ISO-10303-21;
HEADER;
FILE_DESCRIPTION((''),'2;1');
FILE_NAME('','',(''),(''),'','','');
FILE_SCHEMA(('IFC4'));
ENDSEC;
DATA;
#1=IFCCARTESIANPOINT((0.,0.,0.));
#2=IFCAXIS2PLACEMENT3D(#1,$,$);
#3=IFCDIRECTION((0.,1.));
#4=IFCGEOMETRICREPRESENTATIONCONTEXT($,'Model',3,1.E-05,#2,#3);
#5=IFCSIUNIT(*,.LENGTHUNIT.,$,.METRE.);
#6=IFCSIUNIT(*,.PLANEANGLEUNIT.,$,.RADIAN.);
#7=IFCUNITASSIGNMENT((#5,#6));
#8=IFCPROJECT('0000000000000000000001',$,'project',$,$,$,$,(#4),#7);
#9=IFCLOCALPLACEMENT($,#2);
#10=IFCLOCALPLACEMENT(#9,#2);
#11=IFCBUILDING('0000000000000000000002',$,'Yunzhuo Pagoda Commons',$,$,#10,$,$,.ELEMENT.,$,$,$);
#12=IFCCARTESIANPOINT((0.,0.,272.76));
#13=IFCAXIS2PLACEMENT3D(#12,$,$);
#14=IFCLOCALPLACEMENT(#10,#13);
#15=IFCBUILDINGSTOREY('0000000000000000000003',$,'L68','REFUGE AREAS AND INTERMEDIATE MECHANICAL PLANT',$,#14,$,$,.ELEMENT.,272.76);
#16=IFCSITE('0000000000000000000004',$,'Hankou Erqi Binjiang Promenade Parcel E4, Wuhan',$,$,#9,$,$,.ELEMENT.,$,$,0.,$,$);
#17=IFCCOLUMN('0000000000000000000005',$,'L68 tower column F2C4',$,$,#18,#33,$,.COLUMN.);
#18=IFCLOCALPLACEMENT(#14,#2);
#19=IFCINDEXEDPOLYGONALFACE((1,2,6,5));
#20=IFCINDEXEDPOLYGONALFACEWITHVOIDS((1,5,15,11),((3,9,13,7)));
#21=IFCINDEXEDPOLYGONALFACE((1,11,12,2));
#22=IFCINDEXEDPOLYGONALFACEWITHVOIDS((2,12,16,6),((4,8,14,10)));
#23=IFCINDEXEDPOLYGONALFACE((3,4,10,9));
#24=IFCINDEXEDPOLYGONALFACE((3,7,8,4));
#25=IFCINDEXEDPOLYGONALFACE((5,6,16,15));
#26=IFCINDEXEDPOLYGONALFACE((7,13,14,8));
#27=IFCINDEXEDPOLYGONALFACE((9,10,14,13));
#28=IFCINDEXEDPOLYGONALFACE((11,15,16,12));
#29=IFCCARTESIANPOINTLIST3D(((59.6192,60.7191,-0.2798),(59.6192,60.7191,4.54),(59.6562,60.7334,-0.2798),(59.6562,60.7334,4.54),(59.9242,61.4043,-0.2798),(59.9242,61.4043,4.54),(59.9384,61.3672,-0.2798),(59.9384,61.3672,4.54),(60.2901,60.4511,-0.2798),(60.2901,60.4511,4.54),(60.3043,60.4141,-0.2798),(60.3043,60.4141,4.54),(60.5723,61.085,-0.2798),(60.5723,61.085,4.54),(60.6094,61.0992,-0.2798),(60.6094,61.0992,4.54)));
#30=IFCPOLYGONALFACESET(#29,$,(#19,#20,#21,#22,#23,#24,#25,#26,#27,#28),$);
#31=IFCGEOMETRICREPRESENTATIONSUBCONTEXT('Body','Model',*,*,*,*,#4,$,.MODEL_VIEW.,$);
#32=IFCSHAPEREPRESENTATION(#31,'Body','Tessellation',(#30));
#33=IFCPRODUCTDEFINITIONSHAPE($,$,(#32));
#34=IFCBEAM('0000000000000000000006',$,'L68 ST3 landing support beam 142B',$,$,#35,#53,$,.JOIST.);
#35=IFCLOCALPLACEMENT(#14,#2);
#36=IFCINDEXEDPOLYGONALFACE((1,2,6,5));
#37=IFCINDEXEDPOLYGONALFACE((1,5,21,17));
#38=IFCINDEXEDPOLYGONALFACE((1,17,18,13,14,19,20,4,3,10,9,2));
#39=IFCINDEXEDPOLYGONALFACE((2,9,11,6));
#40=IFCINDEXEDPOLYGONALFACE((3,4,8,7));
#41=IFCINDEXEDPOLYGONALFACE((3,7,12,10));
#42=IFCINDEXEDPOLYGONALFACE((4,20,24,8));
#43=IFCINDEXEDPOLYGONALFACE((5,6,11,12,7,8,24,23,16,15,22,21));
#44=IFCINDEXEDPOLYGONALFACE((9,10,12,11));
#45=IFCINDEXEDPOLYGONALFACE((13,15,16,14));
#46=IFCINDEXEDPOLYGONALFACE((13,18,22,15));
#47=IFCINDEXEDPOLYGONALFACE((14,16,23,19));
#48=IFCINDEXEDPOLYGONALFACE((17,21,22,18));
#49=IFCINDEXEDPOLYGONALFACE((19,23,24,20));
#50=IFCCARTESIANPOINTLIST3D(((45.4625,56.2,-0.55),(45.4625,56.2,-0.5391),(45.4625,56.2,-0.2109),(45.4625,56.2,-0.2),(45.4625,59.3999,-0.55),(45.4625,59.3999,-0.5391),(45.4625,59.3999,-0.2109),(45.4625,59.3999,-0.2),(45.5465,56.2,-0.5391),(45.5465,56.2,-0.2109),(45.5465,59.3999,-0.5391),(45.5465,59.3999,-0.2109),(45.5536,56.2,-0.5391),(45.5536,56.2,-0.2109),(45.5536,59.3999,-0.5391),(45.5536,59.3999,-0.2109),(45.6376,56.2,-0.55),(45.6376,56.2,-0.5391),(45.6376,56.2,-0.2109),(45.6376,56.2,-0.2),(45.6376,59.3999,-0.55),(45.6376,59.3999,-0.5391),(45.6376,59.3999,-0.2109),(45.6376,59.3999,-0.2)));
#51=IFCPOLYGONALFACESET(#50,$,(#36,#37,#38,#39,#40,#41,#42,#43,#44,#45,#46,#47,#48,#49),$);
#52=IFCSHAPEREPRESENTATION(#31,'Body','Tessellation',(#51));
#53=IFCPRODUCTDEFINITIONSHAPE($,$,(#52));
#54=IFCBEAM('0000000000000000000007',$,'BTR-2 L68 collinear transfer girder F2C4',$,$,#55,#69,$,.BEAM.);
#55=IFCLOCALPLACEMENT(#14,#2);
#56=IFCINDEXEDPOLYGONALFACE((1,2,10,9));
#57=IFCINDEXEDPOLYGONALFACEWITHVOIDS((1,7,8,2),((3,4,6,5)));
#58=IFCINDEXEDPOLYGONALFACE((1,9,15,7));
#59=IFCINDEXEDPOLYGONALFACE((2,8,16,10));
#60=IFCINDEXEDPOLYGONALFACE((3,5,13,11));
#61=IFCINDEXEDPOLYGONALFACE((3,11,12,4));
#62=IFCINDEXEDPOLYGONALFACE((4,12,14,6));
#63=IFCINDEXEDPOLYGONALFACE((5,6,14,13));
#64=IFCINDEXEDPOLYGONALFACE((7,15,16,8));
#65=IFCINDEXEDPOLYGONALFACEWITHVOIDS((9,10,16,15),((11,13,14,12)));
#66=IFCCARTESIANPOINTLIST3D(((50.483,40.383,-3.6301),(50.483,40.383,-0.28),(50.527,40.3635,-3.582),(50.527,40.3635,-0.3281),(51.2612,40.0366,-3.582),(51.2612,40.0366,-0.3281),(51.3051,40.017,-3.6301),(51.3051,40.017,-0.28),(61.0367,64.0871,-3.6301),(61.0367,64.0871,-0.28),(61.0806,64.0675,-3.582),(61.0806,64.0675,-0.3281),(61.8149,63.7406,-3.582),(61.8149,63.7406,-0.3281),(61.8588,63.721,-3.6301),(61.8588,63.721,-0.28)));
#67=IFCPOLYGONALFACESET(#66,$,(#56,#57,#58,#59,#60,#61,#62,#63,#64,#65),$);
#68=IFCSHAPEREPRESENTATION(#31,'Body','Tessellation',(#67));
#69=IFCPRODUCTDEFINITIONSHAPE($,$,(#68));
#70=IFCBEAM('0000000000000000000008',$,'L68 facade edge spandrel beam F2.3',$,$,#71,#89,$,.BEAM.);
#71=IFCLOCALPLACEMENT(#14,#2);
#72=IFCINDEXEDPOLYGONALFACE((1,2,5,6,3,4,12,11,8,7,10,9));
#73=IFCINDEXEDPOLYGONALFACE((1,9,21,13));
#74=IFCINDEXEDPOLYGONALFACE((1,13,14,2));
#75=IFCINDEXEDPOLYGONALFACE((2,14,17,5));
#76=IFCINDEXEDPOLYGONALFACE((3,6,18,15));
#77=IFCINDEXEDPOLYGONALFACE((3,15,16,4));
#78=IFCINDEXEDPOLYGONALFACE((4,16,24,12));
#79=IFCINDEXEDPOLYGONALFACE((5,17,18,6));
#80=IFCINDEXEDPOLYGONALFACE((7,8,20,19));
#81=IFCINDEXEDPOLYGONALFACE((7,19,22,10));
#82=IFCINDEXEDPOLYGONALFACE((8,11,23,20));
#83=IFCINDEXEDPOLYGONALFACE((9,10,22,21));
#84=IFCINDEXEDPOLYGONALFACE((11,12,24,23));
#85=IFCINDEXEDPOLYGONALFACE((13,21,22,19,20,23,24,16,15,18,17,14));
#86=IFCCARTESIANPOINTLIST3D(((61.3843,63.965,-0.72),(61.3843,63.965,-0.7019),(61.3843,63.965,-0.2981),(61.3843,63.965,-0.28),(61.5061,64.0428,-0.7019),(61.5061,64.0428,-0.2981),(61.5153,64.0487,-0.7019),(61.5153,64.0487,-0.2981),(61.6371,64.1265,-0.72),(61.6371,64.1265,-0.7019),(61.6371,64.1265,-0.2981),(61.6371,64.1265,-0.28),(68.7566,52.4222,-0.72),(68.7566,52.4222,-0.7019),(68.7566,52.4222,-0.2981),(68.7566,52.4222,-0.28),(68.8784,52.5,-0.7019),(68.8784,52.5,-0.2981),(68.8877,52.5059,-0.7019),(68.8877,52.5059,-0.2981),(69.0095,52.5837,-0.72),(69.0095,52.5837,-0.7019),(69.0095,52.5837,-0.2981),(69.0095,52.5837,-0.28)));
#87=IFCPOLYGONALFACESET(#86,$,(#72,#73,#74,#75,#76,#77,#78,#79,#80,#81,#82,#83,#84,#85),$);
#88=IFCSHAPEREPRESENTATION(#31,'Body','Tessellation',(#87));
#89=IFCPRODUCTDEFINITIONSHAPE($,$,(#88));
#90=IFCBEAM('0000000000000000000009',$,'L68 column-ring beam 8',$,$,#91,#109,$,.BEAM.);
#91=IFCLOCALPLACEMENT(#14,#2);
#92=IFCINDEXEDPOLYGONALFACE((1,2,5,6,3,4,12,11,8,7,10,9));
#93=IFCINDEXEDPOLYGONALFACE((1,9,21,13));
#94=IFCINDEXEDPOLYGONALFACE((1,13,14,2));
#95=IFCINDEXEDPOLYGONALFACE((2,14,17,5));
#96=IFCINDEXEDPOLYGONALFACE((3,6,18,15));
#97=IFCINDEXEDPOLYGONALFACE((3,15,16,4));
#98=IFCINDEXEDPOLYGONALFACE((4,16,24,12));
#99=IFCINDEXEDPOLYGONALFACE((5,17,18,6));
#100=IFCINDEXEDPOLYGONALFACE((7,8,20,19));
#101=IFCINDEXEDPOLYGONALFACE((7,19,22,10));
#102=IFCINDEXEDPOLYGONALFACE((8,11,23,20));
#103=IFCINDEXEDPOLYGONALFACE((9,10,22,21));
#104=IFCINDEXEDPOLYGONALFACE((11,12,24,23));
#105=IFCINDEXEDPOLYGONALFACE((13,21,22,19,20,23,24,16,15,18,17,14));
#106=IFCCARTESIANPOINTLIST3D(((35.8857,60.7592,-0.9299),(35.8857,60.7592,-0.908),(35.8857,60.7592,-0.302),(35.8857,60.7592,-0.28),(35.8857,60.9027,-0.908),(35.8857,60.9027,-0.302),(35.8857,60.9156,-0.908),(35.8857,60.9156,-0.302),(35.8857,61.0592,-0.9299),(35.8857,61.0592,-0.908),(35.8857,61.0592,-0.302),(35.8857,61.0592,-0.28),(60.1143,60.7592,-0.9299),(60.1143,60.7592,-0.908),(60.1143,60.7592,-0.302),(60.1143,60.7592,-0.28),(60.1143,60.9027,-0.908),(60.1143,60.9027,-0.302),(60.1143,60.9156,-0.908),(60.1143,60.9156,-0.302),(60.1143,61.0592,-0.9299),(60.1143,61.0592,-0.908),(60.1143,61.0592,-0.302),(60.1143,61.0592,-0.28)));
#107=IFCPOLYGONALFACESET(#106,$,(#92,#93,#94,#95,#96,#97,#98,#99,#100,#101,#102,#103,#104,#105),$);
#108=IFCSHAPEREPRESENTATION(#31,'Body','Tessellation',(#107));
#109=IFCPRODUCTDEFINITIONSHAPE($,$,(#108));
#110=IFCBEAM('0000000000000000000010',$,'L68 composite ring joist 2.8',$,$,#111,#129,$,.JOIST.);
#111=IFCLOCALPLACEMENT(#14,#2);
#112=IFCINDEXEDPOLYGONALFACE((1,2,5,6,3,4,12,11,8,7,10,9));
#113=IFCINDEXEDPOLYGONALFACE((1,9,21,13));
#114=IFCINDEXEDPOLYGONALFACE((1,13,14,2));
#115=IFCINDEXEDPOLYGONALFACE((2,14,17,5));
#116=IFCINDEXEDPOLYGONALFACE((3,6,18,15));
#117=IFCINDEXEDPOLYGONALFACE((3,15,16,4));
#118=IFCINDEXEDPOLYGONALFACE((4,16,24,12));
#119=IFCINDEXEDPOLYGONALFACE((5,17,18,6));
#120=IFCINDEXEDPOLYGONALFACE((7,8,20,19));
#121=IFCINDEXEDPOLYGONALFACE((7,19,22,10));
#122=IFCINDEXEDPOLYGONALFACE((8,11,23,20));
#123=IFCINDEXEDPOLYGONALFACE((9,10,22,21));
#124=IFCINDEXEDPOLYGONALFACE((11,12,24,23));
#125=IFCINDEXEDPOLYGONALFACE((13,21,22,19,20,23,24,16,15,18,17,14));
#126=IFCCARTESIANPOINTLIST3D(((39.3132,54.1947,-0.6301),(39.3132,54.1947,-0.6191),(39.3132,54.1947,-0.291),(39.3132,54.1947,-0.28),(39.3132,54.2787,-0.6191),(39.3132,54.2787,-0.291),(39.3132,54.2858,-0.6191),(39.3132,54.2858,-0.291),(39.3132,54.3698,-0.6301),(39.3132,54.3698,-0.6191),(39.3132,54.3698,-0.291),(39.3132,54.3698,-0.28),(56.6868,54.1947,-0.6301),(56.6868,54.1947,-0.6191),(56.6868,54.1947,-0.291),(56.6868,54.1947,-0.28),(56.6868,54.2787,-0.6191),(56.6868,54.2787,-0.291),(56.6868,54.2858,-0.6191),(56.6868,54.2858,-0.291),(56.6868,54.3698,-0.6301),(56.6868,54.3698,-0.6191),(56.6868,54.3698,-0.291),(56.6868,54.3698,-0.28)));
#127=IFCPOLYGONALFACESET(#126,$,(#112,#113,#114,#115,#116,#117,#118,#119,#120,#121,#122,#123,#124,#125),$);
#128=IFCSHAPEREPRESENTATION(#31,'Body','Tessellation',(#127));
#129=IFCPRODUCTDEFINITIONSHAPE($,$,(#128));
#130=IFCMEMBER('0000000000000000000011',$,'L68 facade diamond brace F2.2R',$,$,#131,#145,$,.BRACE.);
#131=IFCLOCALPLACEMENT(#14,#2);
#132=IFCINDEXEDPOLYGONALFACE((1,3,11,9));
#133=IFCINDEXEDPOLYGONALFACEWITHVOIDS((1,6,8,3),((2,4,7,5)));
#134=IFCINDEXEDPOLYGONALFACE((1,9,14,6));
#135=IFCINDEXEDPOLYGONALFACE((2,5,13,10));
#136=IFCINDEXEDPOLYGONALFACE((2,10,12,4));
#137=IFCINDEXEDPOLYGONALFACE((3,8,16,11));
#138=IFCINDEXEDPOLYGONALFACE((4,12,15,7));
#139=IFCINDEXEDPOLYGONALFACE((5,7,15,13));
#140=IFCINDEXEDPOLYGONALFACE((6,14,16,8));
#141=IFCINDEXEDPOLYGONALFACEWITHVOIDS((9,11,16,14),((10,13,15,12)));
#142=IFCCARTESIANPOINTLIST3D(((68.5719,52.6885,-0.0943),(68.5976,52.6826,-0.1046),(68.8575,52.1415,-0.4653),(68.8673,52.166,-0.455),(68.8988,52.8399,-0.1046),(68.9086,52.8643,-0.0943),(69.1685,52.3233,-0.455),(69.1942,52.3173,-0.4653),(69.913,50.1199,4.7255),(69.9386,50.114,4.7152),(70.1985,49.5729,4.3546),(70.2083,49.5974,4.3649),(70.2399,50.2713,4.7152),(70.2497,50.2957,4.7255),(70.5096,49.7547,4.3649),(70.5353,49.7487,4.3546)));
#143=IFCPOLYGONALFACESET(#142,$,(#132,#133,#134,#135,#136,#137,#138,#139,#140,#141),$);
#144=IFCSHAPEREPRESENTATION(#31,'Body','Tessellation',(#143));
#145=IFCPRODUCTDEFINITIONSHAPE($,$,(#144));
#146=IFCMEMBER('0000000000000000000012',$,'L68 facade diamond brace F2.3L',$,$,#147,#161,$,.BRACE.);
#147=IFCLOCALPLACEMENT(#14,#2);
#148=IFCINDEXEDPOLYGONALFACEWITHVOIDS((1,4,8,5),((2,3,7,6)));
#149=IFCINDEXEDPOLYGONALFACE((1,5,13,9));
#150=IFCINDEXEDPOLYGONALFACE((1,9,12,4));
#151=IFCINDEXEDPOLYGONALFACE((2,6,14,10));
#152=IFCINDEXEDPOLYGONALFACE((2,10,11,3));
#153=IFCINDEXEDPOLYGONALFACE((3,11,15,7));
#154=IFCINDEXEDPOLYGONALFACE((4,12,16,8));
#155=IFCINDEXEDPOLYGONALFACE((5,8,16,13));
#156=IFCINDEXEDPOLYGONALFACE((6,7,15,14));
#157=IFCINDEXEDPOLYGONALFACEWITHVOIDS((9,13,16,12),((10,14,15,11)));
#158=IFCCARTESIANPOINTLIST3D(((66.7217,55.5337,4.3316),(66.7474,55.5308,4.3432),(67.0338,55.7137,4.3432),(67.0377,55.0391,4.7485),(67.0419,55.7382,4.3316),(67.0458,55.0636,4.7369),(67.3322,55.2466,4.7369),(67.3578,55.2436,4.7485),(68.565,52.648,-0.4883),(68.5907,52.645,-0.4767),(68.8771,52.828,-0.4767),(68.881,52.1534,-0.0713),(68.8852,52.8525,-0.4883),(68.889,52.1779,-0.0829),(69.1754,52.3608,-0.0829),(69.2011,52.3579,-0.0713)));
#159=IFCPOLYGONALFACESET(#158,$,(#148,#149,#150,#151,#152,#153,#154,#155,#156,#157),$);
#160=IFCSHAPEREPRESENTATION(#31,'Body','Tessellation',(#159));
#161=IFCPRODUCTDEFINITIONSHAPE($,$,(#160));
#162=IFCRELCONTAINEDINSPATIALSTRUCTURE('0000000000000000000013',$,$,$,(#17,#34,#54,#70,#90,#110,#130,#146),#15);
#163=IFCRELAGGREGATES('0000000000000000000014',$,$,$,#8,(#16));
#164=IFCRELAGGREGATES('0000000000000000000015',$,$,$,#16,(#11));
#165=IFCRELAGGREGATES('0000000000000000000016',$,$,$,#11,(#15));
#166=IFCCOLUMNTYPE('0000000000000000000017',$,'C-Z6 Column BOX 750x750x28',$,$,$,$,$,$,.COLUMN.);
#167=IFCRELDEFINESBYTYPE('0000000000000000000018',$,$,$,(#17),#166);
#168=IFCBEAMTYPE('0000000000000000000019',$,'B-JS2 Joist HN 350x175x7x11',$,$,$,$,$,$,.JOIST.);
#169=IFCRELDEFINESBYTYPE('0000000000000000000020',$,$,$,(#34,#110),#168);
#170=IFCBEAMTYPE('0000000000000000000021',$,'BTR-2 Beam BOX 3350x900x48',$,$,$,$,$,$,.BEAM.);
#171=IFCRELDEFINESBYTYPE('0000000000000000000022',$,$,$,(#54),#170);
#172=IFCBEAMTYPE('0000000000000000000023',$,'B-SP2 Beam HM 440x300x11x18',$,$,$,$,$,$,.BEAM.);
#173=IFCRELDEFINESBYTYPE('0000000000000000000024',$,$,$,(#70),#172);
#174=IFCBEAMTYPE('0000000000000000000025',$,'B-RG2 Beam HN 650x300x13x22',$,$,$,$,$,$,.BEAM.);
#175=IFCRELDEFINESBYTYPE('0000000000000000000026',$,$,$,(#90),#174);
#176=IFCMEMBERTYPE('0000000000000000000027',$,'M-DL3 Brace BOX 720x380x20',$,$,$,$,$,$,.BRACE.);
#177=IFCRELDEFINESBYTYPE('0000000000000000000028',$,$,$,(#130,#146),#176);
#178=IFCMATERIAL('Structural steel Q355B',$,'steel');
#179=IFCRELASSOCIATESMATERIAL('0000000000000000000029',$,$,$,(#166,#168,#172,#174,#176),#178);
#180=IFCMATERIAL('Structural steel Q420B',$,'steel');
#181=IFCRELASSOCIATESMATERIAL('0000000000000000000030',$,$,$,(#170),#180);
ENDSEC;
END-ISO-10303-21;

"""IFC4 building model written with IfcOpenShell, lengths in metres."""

from ifc_helpers import new_model, si_unit, direction, frame, origin, origin_2d, place, context, subcontext, project, spatial, hollow_rectangle, i_section, extrude, source, transform, mapped, material, material_profile, profile_set, type_object, element, save


model = new_model("IFC4")

# Units and contexts
model_context = context("Model", 3, precision=1e-05, world=origin(), true_north=direction((0.0, 1.0)))
body_context = subcontext(model_context, "Body", "Model", "MODEL_VIEW")
ifc_project = project(units=[si_unit("LENGTHUNIT", "METRE"), si_unit("PLANEANGLEUNIT", "RADIAN")], contexts=[model_context])

# Site, building, storey
site_placement = place(None, origin())
site = spatial("IfcSite", under=ifc_project, at=site_placement, Name="Hankou Erqi Binjiang Promenade Parcel E4, Wuhan", CompositionType="ELEMENT", RefElevation=0.0)
building_placement = place(site_placement, origin())
building = spatial("IfcBuilding", under=site, at=building_placement, Name="Yunzhuo Pagoda Commons", CompositionType="ELEMENT")
storey_placement = place(building_placement, frame((0.0, 0.0, 272.76)))
storey = spatial("IfcBuildingStorey", under=building, at=storey_placement, Name="L68", Description="REFUGE AREAS AND INTERMEDIATE MECHANICAL PLANT", CompositionType="ELEMENT", Elevation=272.76)

# Column
ifc_material_1 = material(Name="Structural steel Q355B", Category="steel")
ifc_material_profile_1 = material_profile(ifc_material_1, hollow_rectangle(XDim=0.75, YDim=0.75, WallThickness=0.0281, at=origin_2d()), Name="Structural steel Q355B")
ifc_profile_set_1 = profile_set([ifc_material_profile_1], Name="Structural steel Q355B")
column_type = type_object("IfcColumnType", Name="C-Z6 Column BOX 750x750x28", PredefinedType="COLUMN", material=ifc_profile_set_1)
shared_shape_1 = source(origin(), body_context, "Body", "SweptSolid", [
    extrude(hollow_rectangle(XDim=0.75, YDim=0.75, WallThickness=0.0281, at=origin_2d()), origin(), (0.0, 0.0, 1.0), 4.8198),
])
column_placement = place(storey_placement, frame((60.1143, 60.9092, -0.2798), z_axis=(0.0, 0.0, 1.0), x_axis=(-0.913545, 0.406737, 0.0)))
element("IfcColumn", 1, at=column_placement, inside=storey, type_object=column_type, Name="L68 tower column F2C4", PredefinedType="COLUMN", context=body_context, shape_type="MappedRepresentation", body=[
    mapped(shared_shape_1, transform((0.0, 0.0, 0.0), scale=1.0)),
])

# Beams
ifc_material_profile_2 = material_profile(ifc_material_1, i_section(OverallWidth=0.175, OverallDepth=0.3501, WebThickness=0.0071, FlangeThickness=0.011, at=origin_2d()), Name="Structural steel Q355B")
ifc_profile_set_2 = profile_set([ifc_material_profile_2], Name="Structural steel Q355B")
beam_type_1 = type_object("IfcBeamType", Name="B-JS2 Joist HN 350x175x7x11", PredefinedType="JOIST", material=ifc_profile_set_2)
shared_shape_2 = source(origin(), body_context, "Body", "SweptSolid", [
    extrude(i_section(OverallWidth=0.175, OverallDepth=0.3501, WebThickness=0.0071, FlangeThickness=0.011, at=origin_2d()), origin(), (0.0, 0.0, 1.0), 3.2),
])
beam_1_placement = place(storey_placement, frame((45.55, 56.2, -0.375), z_axis=(0.0, 1.0, 0.0), x_axis=(-1.0, 0.0, 0.0)))
element("IfcBeam", 2, at=beam_1_placement, inside=storey, type_object=beam_type_1, Name="L68 ST3 landing support beam 142B", PredefinedType="JOIST", context=body_context, shape_type="MappedRepresentation", body=[
    mapped(shared_shape_2, transform((0.0, 0.0, 0.0), scale=1.0)),
])
ifc_material_2 = material(Name="Structural steel Q420B", Category="steel")
ifc_material_profile_3 = material_profile(ifc_material_2, hollow_rectangle(XDim=0.8999, YDim=3.3501, WallThickness=0.0481, at=origin_2d()), Name="Structural steel Q420B")
ifc_profile_set_3 = profile_set([ifc_material_profile_3], Name="Structural steel Q420B")
beam_type_2 = type_object("IfcBeamType", Name="BTR-2 Beam BOX 3350x900x48", PredefinedType="BEAM", material=ifc_profile_set_3)
shared_shape_3 = source(origin(), body_context, "Body", "SweptSolid", [
    extrude(hollow_rectangle(XDim=0.8999, YDim=3.3501, WallThickness=0.0481, at=origin_2d()), origin(), (0.0, 0.0, 1.0), 25.9473),
])
beam_2_placement = place(storey_placement, frame((61.4478, 63.9041, -1.9551), z_axis=(-0.406736, -0.913546, 0.0), x_axis=(0.913546, -0.406736, 0.0)))
element("IfcBeam", 3, at=beam_2_placement, inside=storey, type_object=beam_type_2, Name="BTR-2 L68 collinear transfer girder F2C4", PredefinedType="BEAM", context=body_context, shape_type="MappedRepresentation", body=[
    mapped(shared_shape_3, transform((0.0, 0.0, 0.0), scale=1.0)),
])
ifc_material_profile_4 = material_profile(ifc_material_1, i_section(OverallWidth=0.3, OverallDepth=0.4399, WebThickness=0.011, FlangeThickness=0.0181, at=origin_2d()), Name="Structural steel Q355B")
ifc_profile_set_4 = profile_set([ifc_material_profile_4], Name="Structural steel Q355B")
beam_type_3 = type_object("IfcBeamType", Name="B-SP2 Beam HM 440x300x11x18", PredefinedType="BEAM", material=ifc_profile_set_4)
shared_shape_4 = source(origin(), body_context, "Body", "SweptSolid", [
    extrude(i_section(OverallWidth=0.3, OverallDepth=0.4399, WebThickness=0.011, FlangeThickness=0.0181, at=origin_2d()), origin(), (0.0, 0.0, 1.0), 13.6963),
])
beam_3_placement = place(storey_placement, frame((68.8831, 52.5029, -0.5), z_axis=(-0.538275, 0.842769, 0.0), x_axis=(-0.842769, -0.538275, 0.0)))
element("IfcBeam", 4, at=beam_3_placement, inside=storey, type_object=beam_type_3, Name="L68 facade edge spandrel beam F2.3", PredefinedType="BEAM", context=body_context, shape_type="MappedRepresentation", body=[
    mapped(shared_shape_4, transform((0.0, 0.0, 0.0), scale=1.0)),
])
ifc_material_profile_5 = material_profile(ifc_material_1, i_section(OverallWidth=0.3, OverallDepth=0.6499, WebThickness=0.0129, FlangeThickness=0.022, at=origin_2d()), Name="Structural steel Q355B")
ifc_profile_set_5 = profile_set([ifc_material_profile_5], Name="Structural steel Q355B")
beam_type_4 = type_object("IfcBeamType", Name="B-RG2 Beam HN 650x300x13x22", PredefinedType="BEAM", material=ifc_profile_set_5)
shared_shape_5 = source(origin(), body_context, "Body", "SweptSolid", [
    extrude(i_section(OverallWidth=0.3, OverallDepth=0.6499, WebThickness=0.0129, FlangeThickness=0.022, at=origin_2d()), origin(), (0.0, 0.0, 1.0), 24.2285),
])
beam_4_placement = place(storey_placement, frame((60.1143, 60.9092, -0.605), z_axis=(-1.0, 0.0, 0.0), x_axis=(0.0, -1.0, 0.0)))
element("IfcBeam", 5, at=beam_4_placement, inside=storey, type_object=beam_type_4, Name="L68 column-ring beam 8", PredefinedType="BEAM", context=body_context, shape_type="MappedRepresentation", body=[
    mapped(shared_shape_5, transform((0.0, 0.0, 0.0), scale=1.0)),
])
shared_shape_6 = source(origin(), body_context, "Body", "SweptSolid", [
    extrude(i_section(OverallWidth=0.175, OverallDepth=0.3501, WebThickness=0.0071, FlangeThickness=0.011, at=origin_2d()), origin(), (0.0, 0.0, 1.0), 17.3735),
])
beam_5_placement = place(storey_placement, frame((56.6868, 54.2822, -0.4551), z_axis=(-1.0, 0.0, 0.0), x_axis=(0.0, -1.0, 0.0)))
element("IfcBeam", 6, at=beam_5_placement, inside=storey, type_object=beam_type_1, Name="L68 composite ring joist 2.8", PredefinedType="JOIST", context=body_context, shape_type="MappedRepresentation", body=[
    mapped(shared_shape_6, transform((0.0, 0.0, 0.0), scale=1.0)),
])

# Members
ifc_material_profile_6 = material_profile(ifc_material_1, hollow_rectangle(XDim=0.3799, YDim=0.72, WallThickness=0.02, at=origin_2d()), Name="Structural steel Q355B")
ifc_profile_set_6 = profile_set([ifc_material_profile_6], Name="Structural steel Q355B")
member_type = type_object("IfcMemberType", Name="M-DL3 Brace BOX 720x380x20", PredefinedType="BRACE", material=ifc_profile_set_6)
shared_shape_7 = source(origin(), body_context, "Body", "SweptSolid", [
    extrude(hollow_rectangle(XDim=0.3799, YDim=0.72, WallThickness=0.02, at=origin_2d()), origin(), (0.0, 0.0, 1.0), 5.6238),
])
member_placement = place(storey_placement, frame((68.8831, 52.5029, -0.2798), z_axis=(0.238463, -0.45674, 0.857044), x_axis=(0.886454, 0.462817, 0.0)))
element("IfcMember", 7, at=member_placement, inside=storey, type_object=member_type, Name="L68 facade diamond brace F2.2R", PredefinedType="BRACE", context=body_context, shape_type="MappedRepresentation", body=[
    mapped(shared_shape_7, transform((0.0, 0.0, 0.0), scale=1.0)),
])
shared_shape_8 = source(origin(), body_context, "Body", "SweptSolid", [
    extrude(hollow_rectangle(XDim=0.3799, YDim=0.72, WallThickness=0.02, at=origin_2d()), origin(), (0.0, 0.0, 1.0), 5.9124),
])
for number, where, z_axis, x_axis, name in (
    (8, (68.8831, 52.5029, -0.2798), (-0.311765, 0.488088, 0.815214), (-0.84275, -0.538305, 0.0), "L68 facade diamond brace F2.3L"),
):
    element("IfcMember", number, at=place(storey_placement, frame(where, z_axis=z_axis, x_axis=x_axis)), inside=storey, type_object=member_type, Name=name, PredefinedType="BRACE", context=body_context, shape_type="MappedRepresentation", body=[
        mapped(shared_shape_8, transform((0.0, 0.0, 0.0), scale=1.0)),
    ])

save(model, "model.ifc")
